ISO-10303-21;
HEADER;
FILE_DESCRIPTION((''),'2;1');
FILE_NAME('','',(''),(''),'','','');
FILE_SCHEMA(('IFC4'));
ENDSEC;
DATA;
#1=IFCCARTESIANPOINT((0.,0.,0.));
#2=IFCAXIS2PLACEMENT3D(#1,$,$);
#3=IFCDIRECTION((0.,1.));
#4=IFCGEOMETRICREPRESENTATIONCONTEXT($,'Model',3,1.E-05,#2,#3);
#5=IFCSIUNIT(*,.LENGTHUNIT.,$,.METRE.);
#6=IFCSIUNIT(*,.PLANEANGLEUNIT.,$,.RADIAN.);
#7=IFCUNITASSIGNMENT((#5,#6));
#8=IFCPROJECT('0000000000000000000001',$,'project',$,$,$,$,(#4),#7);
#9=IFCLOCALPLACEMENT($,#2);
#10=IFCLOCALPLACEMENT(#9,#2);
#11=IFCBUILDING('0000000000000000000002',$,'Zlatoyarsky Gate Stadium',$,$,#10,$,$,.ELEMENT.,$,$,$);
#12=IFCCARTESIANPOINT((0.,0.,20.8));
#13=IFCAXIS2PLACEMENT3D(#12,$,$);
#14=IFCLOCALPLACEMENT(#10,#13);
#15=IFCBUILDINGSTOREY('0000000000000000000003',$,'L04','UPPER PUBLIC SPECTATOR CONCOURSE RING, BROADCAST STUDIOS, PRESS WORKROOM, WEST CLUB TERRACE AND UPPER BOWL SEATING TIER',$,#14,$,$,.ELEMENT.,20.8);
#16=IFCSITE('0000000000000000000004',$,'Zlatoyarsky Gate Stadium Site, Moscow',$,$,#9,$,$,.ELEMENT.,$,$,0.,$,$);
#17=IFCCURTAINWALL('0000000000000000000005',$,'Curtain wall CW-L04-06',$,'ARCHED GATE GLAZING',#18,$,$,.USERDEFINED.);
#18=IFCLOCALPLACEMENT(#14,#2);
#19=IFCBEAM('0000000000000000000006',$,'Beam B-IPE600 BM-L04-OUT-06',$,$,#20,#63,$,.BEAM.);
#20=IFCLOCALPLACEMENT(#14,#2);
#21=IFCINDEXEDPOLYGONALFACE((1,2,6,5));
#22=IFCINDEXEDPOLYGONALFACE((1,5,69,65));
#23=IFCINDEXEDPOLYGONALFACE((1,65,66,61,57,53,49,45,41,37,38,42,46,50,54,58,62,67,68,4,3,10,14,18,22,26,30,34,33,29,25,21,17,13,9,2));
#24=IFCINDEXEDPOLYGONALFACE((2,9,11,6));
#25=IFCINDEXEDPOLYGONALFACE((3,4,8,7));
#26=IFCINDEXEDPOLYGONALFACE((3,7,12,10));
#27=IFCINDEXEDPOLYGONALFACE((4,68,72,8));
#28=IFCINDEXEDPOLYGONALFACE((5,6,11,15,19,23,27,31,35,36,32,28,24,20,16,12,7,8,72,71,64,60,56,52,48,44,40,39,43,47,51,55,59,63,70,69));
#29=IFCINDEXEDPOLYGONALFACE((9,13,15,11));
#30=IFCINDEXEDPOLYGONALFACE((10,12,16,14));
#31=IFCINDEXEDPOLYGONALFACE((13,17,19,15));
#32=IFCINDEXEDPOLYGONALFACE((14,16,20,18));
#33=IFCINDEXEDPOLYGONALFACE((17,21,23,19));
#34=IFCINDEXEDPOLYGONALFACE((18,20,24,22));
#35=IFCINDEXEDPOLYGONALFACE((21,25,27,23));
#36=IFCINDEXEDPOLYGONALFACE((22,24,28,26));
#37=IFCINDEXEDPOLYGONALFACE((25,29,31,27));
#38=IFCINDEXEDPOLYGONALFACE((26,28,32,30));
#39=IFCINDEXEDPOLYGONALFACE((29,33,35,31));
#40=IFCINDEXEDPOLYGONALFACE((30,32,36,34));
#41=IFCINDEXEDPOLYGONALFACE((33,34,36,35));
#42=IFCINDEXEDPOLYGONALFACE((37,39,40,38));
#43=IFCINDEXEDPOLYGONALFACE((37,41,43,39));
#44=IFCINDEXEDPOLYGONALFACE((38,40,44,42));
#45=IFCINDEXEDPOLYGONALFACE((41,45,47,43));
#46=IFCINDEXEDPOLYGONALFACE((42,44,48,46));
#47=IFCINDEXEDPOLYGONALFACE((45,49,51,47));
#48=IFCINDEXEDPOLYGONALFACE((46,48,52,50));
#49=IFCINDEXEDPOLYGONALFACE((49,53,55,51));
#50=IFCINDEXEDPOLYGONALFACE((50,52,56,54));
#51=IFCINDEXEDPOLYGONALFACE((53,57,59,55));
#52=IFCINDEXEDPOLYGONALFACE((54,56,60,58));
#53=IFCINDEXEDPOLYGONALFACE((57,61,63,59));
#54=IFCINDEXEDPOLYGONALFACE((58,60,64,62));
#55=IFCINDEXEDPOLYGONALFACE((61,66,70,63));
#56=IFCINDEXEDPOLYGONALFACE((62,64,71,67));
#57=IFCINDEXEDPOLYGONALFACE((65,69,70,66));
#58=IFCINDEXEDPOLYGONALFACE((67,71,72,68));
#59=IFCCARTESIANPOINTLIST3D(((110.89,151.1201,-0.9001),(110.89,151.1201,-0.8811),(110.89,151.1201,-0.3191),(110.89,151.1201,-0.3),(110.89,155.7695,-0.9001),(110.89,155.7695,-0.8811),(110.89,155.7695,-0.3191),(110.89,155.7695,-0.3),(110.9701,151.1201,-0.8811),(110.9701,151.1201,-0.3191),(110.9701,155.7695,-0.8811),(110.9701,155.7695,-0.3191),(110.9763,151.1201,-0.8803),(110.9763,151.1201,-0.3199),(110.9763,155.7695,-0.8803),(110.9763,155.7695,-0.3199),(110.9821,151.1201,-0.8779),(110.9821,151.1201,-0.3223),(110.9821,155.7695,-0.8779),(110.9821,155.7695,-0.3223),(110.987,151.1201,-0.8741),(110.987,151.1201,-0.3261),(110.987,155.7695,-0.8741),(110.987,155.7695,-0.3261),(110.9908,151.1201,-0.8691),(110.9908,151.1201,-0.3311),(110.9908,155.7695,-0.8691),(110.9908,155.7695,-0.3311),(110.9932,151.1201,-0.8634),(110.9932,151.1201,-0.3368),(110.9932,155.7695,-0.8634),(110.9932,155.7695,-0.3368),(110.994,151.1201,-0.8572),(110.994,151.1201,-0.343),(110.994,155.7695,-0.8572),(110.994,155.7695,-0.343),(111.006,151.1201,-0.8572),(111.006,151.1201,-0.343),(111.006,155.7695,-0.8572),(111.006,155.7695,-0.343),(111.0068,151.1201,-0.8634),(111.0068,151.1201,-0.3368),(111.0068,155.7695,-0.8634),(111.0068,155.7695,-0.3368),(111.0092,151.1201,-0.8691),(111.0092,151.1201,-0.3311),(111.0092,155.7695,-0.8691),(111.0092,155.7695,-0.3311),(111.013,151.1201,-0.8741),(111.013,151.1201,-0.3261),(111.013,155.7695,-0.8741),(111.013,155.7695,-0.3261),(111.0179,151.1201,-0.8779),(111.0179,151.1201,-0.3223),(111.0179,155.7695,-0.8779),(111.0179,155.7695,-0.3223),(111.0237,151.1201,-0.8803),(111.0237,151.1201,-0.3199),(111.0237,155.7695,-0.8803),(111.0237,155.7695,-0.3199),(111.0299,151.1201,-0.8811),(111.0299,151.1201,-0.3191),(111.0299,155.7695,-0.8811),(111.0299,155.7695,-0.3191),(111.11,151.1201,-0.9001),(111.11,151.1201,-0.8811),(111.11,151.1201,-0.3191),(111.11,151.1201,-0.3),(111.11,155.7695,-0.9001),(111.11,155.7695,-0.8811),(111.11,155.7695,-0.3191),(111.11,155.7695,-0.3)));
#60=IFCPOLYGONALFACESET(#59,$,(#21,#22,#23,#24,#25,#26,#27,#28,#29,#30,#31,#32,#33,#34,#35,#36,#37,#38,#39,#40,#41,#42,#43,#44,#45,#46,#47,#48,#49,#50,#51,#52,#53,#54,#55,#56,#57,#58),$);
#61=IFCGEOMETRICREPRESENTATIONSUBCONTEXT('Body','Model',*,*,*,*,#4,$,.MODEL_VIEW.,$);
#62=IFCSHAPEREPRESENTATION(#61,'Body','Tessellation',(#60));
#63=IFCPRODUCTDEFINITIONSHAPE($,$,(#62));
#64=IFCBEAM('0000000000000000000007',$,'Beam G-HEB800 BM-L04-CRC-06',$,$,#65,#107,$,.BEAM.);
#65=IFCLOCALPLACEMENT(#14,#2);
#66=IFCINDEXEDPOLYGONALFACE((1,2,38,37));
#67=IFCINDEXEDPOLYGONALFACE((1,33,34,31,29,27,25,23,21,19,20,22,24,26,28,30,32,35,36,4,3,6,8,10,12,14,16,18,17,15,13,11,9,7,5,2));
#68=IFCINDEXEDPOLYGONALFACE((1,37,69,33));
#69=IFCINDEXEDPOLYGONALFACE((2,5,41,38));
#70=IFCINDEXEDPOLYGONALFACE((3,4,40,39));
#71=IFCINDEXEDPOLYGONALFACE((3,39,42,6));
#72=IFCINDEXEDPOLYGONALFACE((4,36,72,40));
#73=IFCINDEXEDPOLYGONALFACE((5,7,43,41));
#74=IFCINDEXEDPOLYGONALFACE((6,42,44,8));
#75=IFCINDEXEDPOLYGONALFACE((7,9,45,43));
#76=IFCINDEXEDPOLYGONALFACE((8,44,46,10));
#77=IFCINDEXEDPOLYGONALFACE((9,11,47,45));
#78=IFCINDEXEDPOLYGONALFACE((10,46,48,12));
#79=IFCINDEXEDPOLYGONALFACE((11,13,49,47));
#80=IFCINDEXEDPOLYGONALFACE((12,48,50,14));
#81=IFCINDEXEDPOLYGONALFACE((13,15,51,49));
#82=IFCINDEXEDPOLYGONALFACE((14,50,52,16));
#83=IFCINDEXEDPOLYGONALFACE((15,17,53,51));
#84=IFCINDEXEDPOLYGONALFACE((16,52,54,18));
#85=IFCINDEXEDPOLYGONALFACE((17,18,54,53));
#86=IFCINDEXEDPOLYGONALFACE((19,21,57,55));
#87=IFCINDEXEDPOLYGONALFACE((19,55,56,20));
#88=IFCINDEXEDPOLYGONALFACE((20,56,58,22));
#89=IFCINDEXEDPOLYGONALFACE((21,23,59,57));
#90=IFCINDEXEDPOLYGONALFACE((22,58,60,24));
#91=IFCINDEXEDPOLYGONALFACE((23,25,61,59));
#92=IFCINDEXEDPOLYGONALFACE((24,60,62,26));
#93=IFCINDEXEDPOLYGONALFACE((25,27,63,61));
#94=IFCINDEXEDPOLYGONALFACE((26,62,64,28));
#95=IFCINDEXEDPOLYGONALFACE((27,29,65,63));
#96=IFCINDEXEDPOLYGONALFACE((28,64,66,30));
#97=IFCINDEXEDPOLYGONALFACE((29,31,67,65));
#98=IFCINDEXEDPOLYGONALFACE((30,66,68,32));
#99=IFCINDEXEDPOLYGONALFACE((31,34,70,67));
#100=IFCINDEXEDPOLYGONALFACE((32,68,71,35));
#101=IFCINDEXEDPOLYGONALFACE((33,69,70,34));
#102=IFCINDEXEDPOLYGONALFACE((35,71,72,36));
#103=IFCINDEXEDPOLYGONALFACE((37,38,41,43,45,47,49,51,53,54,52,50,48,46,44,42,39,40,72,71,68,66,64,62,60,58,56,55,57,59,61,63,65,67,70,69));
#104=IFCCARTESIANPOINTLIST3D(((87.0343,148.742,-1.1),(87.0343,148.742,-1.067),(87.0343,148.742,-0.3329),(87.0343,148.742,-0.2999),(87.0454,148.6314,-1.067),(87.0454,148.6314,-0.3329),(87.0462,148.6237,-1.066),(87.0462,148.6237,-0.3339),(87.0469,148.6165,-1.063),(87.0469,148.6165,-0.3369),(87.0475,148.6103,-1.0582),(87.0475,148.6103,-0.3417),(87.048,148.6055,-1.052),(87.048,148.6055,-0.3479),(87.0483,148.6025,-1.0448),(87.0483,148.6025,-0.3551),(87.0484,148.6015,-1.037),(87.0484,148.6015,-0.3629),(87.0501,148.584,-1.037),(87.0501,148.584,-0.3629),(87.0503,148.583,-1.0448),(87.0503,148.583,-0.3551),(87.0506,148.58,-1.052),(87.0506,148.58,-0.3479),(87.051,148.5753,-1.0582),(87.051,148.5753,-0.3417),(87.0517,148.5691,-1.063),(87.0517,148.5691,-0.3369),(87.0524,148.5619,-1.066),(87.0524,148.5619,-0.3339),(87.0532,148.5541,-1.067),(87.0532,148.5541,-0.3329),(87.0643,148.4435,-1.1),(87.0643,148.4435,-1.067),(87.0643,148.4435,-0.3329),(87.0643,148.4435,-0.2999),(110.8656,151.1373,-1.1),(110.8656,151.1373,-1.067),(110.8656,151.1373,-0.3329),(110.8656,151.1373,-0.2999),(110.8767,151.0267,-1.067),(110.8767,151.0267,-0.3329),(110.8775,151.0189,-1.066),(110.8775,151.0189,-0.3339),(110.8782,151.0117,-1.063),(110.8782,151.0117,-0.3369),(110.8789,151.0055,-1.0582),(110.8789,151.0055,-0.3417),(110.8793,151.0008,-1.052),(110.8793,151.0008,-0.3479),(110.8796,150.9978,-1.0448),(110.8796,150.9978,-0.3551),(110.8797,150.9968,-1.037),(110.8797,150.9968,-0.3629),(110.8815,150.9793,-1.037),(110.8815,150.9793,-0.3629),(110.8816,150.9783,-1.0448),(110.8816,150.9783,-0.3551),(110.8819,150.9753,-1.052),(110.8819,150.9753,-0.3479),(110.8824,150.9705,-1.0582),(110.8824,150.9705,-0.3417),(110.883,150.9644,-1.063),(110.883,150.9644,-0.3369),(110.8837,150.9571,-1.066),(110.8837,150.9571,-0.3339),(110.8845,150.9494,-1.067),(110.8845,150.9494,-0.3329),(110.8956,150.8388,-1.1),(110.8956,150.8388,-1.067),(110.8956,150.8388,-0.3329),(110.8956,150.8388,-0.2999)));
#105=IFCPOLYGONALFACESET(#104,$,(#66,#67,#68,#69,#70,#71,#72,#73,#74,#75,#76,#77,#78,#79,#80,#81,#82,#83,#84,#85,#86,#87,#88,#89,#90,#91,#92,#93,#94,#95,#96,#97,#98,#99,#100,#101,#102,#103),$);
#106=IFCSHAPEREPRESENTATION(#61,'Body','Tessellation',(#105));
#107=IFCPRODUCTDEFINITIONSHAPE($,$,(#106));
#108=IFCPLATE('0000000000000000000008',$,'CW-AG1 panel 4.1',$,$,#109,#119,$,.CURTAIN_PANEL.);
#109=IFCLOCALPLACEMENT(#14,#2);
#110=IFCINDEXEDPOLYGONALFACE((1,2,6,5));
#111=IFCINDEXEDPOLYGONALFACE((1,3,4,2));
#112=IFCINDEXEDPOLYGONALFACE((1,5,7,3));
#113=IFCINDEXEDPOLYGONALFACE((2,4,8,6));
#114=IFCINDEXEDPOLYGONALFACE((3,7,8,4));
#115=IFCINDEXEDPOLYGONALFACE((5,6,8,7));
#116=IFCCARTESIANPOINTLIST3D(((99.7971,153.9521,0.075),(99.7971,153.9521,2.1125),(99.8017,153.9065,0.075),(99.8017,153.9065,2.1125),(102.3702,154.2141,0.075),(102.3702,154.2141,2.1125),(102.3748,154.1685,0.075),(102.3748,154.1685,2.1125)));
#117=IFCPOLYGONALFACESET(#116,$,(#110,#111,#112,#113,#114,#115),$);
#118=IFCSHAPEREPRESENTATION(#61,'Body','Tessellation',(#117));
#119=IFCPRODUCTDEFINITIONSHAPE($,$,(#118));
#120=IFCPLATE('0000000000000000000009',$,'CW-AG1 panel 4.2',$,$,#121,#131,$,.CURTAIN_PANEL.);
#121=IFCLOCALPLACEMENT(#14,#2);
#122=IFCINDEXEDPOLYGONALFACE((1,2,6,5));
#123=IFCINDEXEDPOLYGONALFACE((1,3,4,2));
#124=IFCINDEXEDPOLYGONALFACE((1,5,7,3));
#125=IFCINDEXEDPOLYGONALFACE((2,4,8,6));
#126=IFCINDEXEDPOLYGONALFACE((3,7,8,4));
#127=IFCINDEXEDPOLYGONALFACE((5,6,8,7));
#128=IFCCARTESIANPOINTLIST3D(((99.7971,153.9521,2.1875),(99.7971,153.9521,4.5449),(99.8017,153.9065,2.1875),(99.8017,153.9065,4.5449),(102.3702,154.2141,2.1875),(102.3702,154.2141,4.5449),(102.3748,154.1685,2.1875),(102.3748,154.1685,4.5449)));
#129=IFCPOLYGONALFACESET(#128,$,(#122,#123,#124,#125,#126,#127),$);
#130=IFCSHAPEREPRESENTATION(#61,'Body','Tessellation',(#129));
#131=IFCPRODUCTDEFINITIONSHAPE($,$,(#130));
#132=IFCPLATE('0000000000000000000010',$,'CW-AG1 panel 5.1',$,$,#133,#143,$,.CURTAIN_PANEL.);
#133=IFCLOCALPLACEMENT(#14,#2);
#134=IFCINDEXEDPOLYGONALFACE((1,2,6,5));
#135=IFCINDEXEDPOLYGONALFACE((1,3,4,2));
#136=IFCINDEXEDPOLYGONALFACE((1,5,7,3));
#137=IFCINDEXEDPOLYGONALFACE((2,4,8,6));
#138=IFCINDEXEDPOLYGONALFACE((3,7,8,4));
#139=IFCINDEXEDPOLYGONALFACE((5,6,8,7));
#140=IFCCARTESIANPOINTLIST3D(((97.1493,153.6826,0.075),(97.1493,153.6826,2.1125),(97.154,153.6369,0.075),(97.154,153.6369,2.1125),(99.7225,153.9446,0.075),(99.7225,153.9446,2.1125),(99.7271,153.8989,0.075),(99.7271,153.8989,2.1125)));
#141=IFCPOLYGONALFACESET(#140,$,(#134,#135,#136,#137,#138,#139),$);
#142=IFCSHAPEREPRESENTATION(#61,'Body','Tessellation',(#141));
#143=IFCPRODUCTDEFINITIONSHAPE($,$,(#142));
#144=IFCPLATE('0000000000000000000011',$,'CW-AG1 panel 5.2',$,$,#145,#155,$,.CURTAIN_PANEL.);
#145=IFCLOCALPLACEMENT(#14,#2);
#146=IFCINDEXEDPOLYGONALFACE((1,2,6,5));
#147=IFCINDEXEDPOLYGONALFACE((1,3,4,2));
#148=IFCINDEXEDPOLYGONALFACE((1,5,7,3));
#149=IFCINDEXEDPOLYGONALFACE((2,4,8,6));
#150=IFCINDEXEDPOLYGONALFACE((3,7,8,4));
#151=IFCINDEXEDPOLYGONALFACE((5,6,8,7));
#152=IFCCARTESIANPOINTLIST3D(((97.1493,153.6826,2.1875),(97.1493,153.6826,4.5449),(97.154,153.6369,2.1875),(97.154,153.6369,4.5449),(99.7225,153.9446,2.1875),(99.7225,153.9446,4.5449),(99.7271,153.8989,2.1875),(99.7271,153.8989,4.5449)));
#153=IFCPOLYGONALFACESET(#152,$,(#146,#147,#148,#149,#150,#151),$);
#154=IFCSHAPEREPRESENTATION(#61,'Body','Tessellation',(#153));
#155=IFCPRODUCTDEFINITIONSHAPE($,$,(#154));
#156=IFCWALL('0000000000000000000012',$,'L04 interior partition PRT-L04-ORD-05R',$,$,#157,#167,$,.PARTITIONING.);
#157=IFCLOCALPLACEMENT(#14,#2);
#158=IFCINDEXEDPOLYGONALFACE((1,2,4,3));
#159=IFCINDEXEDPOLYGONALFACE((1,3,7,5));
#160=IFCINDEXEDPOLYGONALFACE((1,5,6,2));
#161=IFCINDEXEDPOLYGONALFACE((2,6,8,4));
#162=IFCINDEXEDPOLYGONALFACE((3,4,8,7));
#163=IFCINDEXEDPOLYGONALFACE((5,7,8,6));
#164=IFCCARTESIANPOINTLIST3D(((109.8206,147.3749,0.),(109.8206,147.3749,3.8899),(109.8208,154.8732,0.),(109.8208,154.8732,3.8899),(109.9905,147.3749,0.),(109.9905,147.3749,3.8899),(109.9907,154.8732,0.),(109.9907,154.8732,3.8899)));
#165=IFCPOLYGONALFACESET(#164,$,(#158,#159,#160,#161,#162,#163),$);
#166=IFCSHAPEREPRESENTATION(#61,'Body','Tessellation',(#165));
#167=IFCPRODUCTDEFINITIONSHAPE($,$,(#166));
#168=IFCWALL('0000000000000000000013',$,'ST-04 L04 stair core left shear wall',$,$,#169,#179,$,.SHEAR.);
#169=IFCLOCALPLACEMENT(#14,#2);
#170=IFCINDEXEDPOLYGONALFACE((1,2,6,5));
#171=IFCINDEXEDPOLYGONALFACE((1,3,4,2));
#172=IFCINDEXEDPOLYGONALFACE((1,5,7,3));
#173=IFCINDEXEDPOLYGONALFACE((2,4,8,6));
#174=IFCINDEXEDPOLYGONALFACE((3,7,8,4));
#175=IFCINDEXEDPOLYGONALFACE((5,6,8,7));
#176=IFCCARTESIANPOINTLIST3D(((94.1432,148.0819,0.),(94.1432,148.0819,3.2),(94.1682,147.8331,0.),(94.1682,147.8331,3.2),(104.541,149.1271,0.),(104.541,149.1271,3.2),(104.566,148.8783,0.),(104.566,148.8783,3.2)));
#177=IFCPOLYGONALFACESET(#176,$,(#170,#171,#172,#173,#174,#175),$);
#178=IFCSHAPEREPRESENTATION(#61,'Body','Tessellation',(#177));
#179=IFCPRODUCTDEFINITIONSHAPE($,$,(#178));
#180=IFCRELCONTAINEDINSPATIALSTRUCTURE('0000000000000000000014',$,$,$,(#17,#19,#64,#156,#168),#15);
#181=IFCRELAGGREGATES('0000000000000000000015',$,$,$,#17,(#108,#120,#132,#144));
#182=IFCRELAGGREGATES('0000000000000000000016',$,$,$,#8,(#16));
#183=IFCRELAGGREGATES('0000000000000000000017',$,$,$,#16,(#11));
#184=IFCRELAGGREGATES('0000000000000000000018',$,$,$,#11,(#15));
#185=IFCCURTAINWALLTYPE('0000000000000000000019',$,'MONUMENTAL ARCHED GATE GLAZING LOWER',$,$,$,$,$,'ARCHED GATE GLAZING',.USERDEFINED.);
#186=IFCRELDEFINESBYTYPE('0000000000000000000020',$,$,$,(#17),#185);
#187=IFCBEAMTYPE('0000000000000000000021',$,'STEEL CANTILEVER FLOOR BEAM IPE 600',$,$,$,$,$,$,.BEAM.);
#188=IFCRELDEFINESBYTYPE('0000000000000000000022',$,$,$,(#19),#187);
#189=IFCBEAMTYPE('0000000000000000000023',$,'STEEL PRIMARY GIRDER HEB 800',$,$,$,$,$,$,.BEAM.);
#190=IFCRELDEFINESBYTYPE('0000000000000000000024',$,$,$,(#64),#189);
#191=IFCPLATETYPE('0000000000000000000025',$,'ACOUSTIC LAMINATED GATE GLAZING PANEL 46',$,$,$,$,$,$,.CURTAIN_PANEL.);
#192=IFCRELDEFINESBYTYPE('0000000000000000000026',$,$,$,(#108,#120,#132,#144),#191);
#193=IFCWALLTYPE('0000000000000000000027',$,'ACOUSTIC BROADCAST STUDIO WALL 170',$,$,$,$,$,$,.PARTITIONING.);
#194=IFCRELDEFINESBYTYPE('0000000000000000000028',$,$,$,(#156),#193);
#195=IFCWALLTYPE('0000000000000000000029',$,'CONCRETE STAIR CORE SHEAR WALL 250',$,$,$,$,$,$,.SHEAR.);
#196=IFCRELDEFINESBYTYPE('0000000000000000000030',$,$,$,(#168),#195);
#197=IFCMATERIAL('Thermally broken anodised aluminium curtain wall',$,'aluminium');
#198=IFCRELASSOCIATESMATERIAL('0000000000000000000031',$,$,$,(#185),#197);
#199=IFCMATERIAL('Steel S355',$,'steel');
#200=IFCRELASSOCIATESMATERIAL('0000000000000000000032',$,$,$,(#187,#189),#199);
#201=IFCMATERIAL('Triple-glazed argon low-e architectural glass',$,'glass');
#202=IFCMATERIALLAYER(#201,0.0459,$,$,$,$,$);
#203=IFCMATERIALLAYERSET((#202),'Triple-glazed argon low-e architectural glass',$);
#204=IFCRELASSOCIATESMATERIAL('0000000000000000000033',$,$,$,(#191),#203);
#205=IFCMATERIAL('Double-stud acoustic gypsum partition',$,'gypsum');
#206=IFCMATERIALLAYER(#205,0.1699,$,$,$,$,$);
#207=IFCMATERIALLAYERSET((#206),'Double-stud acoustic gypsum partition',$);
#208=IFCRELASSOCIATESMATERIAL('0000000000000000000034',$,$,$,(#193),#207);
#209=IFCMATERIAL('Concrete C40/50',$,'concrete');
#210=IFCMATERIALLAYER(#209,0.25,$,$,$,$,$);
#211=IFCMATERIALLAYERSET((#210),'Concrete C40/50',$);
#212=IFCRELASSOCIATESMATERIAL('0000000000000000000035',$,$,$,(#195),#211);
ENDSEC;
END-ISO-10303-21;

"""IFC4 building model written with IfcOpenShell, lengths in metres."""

from ifc_helpers import new_model, si_unit, direction, frame, frame_2d, origin, origin_2d, place, context, subcontext, project, spatial, rectangle, i_section, extrude, material, layer, layer_set, material_profile, profile_set, type_object, element, aggregate, save


model = new_model("IFC4")

# Units and contexts
model_context = context("Model", 3, precision=1e-05, world=origin(), true_north=direction((0.0, 1.0)))
body_context = subcontext(model_context, "Body", "Model", "MODEL_VIEW")
ifc_project = project(units=[si_unit("LENGTHUNIT", "METRE"), si_unit("PLANEANGLEUNIT", "RADIAN")], contexts=[model_context])

# Site, building, storey
site_placement = place(None, origin())
site = spatial("IfcSite", under=ifc_project, at=site_placement, Name="Zlatoyarsky Gate Stadium Site, Moscow", CompositionType="ELEMENT", RefElevation=0.0)
building_placement = place(site_placement, origin())
building = spatial("IfcBuilding", under=site, at=building_placement, Name="Zlatoyarsky Gate Stadium", CompositionType="ELEMENT")
storey_placement = place(building_placement, frame((0.0, 0.0, 20.8)))
storey = spatial("IfcBuildingStorey", under=building, at=storey_placement, Name="L04", Description="UPPER PUBLIC SPECTATOR CONCOURSE RING, BROADCAST STUDIOS, PRESS WORKROOM, WEST CLUB TERRACE AND UPPER BOWL SEATING TIER", CompositionType="ELEMENT", Elevation=20.8)

# Shared definitions
ifc_material_1 = material(Name="Steel S355", Category="steel")

# Curtain wall
ifc_material_2 = material(Name="Thermally broken anodised aluminium curtain wall", Category="aluminium")
curtain_wall_type = type_object("IfcCurtainWallType", Name="MONUMENTAL ARCHED GATE GLAZING LOWER", ElementType="ARCHED GATE GLAZING", PredefinedType="USERDEFINED", material=ifc_material_2)
curtain_wall_placement = place(storey_placement, origin())
curtain_wall = element("IfcCurtainWall", 1, at=curtain_wall_placement, inside=storey, type_object=curtain_wall_type, Name="Curtain wall CW-L04-06", ObjectType="ARCHED GATE GLAZING", PredefinedType="USERDEFINED")

# Beams
ifc_material_profile_1 = material_profile(ifc_material_1, i_section(OverallWidth=0.22, OverallDepth=0.6001, WebThickness=0.012, FlangeThickness=0.019, FilletRadius=0.0239, at=origin_2d()), Name="IPE 600")
ifc_profile_set_1 = profile_set([ifc_material_profile_1], Name="Steel S355")
beam_type_1 = type_object("IfcBeamType", Name="STEEL CANTILEVER FLOOR BEAM IPE 600", PredefinedType="BEAM", material=ifc_profile_set_1)
beam_1_placement = place(storey_placement, frame((111.0, 151.1201, -0.6001), z_axis=(0.0, 1.0, 0.0), x_axis=(-1.0, 0.0, 0.0)))
element("IfcBeam", 2, at=beam_1_placement, inside=storey, type_object=beam_type_1, Name="Beam B-IPE600 BM-L04-OUT-06", PredefinedType="BEAM", context=body_context, shape_type="SweptSolid", body=[
    extrude(i_section(OverallWidth=0.22, OverallDepth=0.6001, WebThickness=0.012, FlangeThickness=0.019, FilletRadius=0.0239, at=origin_2d()), origin(), (0.0, 0.0, 1.0), 4.6494),
])
ifc_material_profile_2 = material_profile(ifc_material_1, i_section(OverallWidth=0.3, OverallDepth=0.8, WebThickness=0.0176, FlangeThickness=0.033, FilletRadius=0.03, at=origin_2d()), Name="HEB 800")
ifc_profile_set_2 = profile_set([ifc_material_profile_2], Name="Steel S355")
beam_type_2 = type_object("IfcBeamType", Name="STEEL PRIMARY GIRDER HEB 800", PredefinedType="BEAM", material=ifc_profile_set_2)
beam_2_placement = place(storey_placement, frame((110.8806, 150.988, -0.7), z_axis=(-0.994987, -0.100005, 0.0), x_axis=(0.100005, -0.994987, 0.0)))
element("IfcBeam", 3, at=beam_2_placement, inside=storey, type_object=beam_type_2, Name="Beam G-HEB800 BM-L04-CRC-06", PredefinedType="BEAM", context=body_context, shape_type="SweptSolid", body=[
    extrude(i_section(OverallWidth=0.3, OverallDepth=0.8, WebThickness=0.0176, FlangeThickness=0.033, FilletRadius=0.03, at=origin_2d()), origin(), (0.0, 0.0, 1.0), 23.9514),
])

# Plates
ifc_material_3 = material(Name="Triple-glazed argon low-e architectural glass", Category="glass")
ifc_layer_1 = layer(ifc_material_3, 0.0459)
ifc_layer_set_1 = layer_set([ifc_layer_1], Name="Triple-glazed argon low-e architectural glass")
plate_type = type_object("IfcPlateType", Name="ACOUSTIC LAMINATED GATE GLAZING PANEL 46", PredefinedType="CURTAIN_PANEL", material=ifc_layer_set_1)
plate_1_placement = place(storey_placement, frame((101.0859, 154.0603, 0.075), z_axis=(0.0, 0.0, 1.0), x_axis=(-0.994857, -0.101293, 0.0)))
plate_1 = element("IfcPlate", 4, at=plate_1_placement, type_object=plate_type, Name="CW-AG1 panel 4.1", PredefinedType="CURTAIN_PANEL", context=body_context, shape_type="SweptSolid", body=[
    extrude(rectangle(XDim=2.5864, YDim=0.0459, at=origin_2d()), origin(), (0.0, 0.0, 1.0), 2.0376),
])
plate_2_placement = place(storey_placement, frame((101.0859, 154.0603, 2.1875), z_axis=(0.0, 0.0, 1.0), x_axis=(-0.994857, -0.101293, 0.0)))
plate_2 = element("IfcPlate", 5, at=plate_2_placement, type_object=plate_type, Name="CW-AG1 panel 4.2", PredefinedType="CURTAIN_PANEL", context=body_context, shape_type="SweptSolid", body=[
    extrude(rectangle(XDim=2.5864, YDim=0.0459, at=origin_2d()), origin(), (0.0, 0.0, 1.0), 2.3574),
])
plate_3_placement = place(storey_placement, frame((98.4382, 153.7908, 0.075), z_axis=(0.0, 0.0, 1.0), x_axis=(-0.994857, -0.101293, 0.0)))
plate_3 = element("IfcPlate", 6, at=plate_3_placement, type_object=plate_type, Name="CW-AG1 panel 5.1", PredefinedType="CURTAIN_PANEL", context=body_context, shape_type="SweptSolid", body=[
    extrude(rectangle(XDim=2.5864, YDim=0.0459, at=origin_2d()), origin(), (0.0, 0.0, 1.0), 2.0376),
])
plate_4_placement = place(storey_placement, frame((98.4382, 153.7908, 2.1875), z_axis=(0.0, 0.0, 1.0), x_axis=(-0.994857, -0.101293, 0.0)))
plate_4 = element("IfcPlate", 7, at=plate_4_placement, type_object=plate_type, Name="CW-AG1 panel 5.2", PredefinedType="CURTAIN_PANEL", context=body_context, shape_type="SweptSolid", body=[
    extrude(rectangle(XDim=2.5864, YDim=0.0459, at=origin_2d()), origin(), (0.0, 0.0, 1.0), 2.3574),
])
aggregate(curtain_wall, [plate_1, plate_2, plate_3, plate_4])

# Walls
ifc_material_4 = material(Name="Double-stud acoustic gypsum partition", Category="gypsum")
ifc_layer_2 = layer(ifc_material_4, 0.1699)
ifc_layer_set_2 = layer_set([ifc_layer_2], Name="Double-stud acoustic gypsum partition")
wall_type_1 = type_object("IfcWallType", Name="ACOUSTIC BROADCAST STUDIO WALL 170", PredefinedType="PARTITIONING", material=ifc_layer_set_2)
wall_1_placement = place(storey_placement, frame((109.9055, 147.375, 0.0), z_axis=(0.0, 0.0, 1.0), x_axis=(0.000033, 1.0, 0.0)))
element("IfcWall", 8, at=wall_1_placement, inside=storey, type_object=wall_type_1, Name="L04 interior partition PRT-L04-ORD-05R", PredefinedType="PARTITIONING", context=body_context, shape_type="SweptSolid", body=[
    extrude(rectangle(XDim=7.4983, YDim=0.1699, at=frame_2d((3.749, 0.0))), origin(), (0.0, 0.0, 1.0), 3.8899),
])
ifc_material_5 = material(Name="Concrete C40/50", Category="concrete")
ifc_layer_3 = layer(ifc_material_5, 0.25)
ifc_layer_set_3 = layer_set([ifc_layer_3], Name="Concrete C40/50")
wall_type_2 = type_object("IfcWallType", Name="CONCRETE STAIR CORE SHEAR WALL 250", PredefinedType="SHEAR", material=ifc_layer_set_3)
wall_2_placement = place(storey_placement, frame((104.5535, 149.0027, 0.0), z_axis=(0.0, 0.0, 1.0), x_axis=(-0.994986, -0.100015, 0.0)))
element("IfcWall", 9, at=wall_2_placement, inside=storey, type_object=wall_type_2, Name="ST-04 L04 stair core left shear wall", PredefinedType="SHEAR", context=body_context, shape_type="SweptSolid", body=[
    extrude(rectangle(XDim=10.4502, YDim=0.25, at=frame_2d((5.2251, 0.0))), origin(), (0.0, 0.0, 1.0), 3.2),
])

save(model, "model.ifc")
